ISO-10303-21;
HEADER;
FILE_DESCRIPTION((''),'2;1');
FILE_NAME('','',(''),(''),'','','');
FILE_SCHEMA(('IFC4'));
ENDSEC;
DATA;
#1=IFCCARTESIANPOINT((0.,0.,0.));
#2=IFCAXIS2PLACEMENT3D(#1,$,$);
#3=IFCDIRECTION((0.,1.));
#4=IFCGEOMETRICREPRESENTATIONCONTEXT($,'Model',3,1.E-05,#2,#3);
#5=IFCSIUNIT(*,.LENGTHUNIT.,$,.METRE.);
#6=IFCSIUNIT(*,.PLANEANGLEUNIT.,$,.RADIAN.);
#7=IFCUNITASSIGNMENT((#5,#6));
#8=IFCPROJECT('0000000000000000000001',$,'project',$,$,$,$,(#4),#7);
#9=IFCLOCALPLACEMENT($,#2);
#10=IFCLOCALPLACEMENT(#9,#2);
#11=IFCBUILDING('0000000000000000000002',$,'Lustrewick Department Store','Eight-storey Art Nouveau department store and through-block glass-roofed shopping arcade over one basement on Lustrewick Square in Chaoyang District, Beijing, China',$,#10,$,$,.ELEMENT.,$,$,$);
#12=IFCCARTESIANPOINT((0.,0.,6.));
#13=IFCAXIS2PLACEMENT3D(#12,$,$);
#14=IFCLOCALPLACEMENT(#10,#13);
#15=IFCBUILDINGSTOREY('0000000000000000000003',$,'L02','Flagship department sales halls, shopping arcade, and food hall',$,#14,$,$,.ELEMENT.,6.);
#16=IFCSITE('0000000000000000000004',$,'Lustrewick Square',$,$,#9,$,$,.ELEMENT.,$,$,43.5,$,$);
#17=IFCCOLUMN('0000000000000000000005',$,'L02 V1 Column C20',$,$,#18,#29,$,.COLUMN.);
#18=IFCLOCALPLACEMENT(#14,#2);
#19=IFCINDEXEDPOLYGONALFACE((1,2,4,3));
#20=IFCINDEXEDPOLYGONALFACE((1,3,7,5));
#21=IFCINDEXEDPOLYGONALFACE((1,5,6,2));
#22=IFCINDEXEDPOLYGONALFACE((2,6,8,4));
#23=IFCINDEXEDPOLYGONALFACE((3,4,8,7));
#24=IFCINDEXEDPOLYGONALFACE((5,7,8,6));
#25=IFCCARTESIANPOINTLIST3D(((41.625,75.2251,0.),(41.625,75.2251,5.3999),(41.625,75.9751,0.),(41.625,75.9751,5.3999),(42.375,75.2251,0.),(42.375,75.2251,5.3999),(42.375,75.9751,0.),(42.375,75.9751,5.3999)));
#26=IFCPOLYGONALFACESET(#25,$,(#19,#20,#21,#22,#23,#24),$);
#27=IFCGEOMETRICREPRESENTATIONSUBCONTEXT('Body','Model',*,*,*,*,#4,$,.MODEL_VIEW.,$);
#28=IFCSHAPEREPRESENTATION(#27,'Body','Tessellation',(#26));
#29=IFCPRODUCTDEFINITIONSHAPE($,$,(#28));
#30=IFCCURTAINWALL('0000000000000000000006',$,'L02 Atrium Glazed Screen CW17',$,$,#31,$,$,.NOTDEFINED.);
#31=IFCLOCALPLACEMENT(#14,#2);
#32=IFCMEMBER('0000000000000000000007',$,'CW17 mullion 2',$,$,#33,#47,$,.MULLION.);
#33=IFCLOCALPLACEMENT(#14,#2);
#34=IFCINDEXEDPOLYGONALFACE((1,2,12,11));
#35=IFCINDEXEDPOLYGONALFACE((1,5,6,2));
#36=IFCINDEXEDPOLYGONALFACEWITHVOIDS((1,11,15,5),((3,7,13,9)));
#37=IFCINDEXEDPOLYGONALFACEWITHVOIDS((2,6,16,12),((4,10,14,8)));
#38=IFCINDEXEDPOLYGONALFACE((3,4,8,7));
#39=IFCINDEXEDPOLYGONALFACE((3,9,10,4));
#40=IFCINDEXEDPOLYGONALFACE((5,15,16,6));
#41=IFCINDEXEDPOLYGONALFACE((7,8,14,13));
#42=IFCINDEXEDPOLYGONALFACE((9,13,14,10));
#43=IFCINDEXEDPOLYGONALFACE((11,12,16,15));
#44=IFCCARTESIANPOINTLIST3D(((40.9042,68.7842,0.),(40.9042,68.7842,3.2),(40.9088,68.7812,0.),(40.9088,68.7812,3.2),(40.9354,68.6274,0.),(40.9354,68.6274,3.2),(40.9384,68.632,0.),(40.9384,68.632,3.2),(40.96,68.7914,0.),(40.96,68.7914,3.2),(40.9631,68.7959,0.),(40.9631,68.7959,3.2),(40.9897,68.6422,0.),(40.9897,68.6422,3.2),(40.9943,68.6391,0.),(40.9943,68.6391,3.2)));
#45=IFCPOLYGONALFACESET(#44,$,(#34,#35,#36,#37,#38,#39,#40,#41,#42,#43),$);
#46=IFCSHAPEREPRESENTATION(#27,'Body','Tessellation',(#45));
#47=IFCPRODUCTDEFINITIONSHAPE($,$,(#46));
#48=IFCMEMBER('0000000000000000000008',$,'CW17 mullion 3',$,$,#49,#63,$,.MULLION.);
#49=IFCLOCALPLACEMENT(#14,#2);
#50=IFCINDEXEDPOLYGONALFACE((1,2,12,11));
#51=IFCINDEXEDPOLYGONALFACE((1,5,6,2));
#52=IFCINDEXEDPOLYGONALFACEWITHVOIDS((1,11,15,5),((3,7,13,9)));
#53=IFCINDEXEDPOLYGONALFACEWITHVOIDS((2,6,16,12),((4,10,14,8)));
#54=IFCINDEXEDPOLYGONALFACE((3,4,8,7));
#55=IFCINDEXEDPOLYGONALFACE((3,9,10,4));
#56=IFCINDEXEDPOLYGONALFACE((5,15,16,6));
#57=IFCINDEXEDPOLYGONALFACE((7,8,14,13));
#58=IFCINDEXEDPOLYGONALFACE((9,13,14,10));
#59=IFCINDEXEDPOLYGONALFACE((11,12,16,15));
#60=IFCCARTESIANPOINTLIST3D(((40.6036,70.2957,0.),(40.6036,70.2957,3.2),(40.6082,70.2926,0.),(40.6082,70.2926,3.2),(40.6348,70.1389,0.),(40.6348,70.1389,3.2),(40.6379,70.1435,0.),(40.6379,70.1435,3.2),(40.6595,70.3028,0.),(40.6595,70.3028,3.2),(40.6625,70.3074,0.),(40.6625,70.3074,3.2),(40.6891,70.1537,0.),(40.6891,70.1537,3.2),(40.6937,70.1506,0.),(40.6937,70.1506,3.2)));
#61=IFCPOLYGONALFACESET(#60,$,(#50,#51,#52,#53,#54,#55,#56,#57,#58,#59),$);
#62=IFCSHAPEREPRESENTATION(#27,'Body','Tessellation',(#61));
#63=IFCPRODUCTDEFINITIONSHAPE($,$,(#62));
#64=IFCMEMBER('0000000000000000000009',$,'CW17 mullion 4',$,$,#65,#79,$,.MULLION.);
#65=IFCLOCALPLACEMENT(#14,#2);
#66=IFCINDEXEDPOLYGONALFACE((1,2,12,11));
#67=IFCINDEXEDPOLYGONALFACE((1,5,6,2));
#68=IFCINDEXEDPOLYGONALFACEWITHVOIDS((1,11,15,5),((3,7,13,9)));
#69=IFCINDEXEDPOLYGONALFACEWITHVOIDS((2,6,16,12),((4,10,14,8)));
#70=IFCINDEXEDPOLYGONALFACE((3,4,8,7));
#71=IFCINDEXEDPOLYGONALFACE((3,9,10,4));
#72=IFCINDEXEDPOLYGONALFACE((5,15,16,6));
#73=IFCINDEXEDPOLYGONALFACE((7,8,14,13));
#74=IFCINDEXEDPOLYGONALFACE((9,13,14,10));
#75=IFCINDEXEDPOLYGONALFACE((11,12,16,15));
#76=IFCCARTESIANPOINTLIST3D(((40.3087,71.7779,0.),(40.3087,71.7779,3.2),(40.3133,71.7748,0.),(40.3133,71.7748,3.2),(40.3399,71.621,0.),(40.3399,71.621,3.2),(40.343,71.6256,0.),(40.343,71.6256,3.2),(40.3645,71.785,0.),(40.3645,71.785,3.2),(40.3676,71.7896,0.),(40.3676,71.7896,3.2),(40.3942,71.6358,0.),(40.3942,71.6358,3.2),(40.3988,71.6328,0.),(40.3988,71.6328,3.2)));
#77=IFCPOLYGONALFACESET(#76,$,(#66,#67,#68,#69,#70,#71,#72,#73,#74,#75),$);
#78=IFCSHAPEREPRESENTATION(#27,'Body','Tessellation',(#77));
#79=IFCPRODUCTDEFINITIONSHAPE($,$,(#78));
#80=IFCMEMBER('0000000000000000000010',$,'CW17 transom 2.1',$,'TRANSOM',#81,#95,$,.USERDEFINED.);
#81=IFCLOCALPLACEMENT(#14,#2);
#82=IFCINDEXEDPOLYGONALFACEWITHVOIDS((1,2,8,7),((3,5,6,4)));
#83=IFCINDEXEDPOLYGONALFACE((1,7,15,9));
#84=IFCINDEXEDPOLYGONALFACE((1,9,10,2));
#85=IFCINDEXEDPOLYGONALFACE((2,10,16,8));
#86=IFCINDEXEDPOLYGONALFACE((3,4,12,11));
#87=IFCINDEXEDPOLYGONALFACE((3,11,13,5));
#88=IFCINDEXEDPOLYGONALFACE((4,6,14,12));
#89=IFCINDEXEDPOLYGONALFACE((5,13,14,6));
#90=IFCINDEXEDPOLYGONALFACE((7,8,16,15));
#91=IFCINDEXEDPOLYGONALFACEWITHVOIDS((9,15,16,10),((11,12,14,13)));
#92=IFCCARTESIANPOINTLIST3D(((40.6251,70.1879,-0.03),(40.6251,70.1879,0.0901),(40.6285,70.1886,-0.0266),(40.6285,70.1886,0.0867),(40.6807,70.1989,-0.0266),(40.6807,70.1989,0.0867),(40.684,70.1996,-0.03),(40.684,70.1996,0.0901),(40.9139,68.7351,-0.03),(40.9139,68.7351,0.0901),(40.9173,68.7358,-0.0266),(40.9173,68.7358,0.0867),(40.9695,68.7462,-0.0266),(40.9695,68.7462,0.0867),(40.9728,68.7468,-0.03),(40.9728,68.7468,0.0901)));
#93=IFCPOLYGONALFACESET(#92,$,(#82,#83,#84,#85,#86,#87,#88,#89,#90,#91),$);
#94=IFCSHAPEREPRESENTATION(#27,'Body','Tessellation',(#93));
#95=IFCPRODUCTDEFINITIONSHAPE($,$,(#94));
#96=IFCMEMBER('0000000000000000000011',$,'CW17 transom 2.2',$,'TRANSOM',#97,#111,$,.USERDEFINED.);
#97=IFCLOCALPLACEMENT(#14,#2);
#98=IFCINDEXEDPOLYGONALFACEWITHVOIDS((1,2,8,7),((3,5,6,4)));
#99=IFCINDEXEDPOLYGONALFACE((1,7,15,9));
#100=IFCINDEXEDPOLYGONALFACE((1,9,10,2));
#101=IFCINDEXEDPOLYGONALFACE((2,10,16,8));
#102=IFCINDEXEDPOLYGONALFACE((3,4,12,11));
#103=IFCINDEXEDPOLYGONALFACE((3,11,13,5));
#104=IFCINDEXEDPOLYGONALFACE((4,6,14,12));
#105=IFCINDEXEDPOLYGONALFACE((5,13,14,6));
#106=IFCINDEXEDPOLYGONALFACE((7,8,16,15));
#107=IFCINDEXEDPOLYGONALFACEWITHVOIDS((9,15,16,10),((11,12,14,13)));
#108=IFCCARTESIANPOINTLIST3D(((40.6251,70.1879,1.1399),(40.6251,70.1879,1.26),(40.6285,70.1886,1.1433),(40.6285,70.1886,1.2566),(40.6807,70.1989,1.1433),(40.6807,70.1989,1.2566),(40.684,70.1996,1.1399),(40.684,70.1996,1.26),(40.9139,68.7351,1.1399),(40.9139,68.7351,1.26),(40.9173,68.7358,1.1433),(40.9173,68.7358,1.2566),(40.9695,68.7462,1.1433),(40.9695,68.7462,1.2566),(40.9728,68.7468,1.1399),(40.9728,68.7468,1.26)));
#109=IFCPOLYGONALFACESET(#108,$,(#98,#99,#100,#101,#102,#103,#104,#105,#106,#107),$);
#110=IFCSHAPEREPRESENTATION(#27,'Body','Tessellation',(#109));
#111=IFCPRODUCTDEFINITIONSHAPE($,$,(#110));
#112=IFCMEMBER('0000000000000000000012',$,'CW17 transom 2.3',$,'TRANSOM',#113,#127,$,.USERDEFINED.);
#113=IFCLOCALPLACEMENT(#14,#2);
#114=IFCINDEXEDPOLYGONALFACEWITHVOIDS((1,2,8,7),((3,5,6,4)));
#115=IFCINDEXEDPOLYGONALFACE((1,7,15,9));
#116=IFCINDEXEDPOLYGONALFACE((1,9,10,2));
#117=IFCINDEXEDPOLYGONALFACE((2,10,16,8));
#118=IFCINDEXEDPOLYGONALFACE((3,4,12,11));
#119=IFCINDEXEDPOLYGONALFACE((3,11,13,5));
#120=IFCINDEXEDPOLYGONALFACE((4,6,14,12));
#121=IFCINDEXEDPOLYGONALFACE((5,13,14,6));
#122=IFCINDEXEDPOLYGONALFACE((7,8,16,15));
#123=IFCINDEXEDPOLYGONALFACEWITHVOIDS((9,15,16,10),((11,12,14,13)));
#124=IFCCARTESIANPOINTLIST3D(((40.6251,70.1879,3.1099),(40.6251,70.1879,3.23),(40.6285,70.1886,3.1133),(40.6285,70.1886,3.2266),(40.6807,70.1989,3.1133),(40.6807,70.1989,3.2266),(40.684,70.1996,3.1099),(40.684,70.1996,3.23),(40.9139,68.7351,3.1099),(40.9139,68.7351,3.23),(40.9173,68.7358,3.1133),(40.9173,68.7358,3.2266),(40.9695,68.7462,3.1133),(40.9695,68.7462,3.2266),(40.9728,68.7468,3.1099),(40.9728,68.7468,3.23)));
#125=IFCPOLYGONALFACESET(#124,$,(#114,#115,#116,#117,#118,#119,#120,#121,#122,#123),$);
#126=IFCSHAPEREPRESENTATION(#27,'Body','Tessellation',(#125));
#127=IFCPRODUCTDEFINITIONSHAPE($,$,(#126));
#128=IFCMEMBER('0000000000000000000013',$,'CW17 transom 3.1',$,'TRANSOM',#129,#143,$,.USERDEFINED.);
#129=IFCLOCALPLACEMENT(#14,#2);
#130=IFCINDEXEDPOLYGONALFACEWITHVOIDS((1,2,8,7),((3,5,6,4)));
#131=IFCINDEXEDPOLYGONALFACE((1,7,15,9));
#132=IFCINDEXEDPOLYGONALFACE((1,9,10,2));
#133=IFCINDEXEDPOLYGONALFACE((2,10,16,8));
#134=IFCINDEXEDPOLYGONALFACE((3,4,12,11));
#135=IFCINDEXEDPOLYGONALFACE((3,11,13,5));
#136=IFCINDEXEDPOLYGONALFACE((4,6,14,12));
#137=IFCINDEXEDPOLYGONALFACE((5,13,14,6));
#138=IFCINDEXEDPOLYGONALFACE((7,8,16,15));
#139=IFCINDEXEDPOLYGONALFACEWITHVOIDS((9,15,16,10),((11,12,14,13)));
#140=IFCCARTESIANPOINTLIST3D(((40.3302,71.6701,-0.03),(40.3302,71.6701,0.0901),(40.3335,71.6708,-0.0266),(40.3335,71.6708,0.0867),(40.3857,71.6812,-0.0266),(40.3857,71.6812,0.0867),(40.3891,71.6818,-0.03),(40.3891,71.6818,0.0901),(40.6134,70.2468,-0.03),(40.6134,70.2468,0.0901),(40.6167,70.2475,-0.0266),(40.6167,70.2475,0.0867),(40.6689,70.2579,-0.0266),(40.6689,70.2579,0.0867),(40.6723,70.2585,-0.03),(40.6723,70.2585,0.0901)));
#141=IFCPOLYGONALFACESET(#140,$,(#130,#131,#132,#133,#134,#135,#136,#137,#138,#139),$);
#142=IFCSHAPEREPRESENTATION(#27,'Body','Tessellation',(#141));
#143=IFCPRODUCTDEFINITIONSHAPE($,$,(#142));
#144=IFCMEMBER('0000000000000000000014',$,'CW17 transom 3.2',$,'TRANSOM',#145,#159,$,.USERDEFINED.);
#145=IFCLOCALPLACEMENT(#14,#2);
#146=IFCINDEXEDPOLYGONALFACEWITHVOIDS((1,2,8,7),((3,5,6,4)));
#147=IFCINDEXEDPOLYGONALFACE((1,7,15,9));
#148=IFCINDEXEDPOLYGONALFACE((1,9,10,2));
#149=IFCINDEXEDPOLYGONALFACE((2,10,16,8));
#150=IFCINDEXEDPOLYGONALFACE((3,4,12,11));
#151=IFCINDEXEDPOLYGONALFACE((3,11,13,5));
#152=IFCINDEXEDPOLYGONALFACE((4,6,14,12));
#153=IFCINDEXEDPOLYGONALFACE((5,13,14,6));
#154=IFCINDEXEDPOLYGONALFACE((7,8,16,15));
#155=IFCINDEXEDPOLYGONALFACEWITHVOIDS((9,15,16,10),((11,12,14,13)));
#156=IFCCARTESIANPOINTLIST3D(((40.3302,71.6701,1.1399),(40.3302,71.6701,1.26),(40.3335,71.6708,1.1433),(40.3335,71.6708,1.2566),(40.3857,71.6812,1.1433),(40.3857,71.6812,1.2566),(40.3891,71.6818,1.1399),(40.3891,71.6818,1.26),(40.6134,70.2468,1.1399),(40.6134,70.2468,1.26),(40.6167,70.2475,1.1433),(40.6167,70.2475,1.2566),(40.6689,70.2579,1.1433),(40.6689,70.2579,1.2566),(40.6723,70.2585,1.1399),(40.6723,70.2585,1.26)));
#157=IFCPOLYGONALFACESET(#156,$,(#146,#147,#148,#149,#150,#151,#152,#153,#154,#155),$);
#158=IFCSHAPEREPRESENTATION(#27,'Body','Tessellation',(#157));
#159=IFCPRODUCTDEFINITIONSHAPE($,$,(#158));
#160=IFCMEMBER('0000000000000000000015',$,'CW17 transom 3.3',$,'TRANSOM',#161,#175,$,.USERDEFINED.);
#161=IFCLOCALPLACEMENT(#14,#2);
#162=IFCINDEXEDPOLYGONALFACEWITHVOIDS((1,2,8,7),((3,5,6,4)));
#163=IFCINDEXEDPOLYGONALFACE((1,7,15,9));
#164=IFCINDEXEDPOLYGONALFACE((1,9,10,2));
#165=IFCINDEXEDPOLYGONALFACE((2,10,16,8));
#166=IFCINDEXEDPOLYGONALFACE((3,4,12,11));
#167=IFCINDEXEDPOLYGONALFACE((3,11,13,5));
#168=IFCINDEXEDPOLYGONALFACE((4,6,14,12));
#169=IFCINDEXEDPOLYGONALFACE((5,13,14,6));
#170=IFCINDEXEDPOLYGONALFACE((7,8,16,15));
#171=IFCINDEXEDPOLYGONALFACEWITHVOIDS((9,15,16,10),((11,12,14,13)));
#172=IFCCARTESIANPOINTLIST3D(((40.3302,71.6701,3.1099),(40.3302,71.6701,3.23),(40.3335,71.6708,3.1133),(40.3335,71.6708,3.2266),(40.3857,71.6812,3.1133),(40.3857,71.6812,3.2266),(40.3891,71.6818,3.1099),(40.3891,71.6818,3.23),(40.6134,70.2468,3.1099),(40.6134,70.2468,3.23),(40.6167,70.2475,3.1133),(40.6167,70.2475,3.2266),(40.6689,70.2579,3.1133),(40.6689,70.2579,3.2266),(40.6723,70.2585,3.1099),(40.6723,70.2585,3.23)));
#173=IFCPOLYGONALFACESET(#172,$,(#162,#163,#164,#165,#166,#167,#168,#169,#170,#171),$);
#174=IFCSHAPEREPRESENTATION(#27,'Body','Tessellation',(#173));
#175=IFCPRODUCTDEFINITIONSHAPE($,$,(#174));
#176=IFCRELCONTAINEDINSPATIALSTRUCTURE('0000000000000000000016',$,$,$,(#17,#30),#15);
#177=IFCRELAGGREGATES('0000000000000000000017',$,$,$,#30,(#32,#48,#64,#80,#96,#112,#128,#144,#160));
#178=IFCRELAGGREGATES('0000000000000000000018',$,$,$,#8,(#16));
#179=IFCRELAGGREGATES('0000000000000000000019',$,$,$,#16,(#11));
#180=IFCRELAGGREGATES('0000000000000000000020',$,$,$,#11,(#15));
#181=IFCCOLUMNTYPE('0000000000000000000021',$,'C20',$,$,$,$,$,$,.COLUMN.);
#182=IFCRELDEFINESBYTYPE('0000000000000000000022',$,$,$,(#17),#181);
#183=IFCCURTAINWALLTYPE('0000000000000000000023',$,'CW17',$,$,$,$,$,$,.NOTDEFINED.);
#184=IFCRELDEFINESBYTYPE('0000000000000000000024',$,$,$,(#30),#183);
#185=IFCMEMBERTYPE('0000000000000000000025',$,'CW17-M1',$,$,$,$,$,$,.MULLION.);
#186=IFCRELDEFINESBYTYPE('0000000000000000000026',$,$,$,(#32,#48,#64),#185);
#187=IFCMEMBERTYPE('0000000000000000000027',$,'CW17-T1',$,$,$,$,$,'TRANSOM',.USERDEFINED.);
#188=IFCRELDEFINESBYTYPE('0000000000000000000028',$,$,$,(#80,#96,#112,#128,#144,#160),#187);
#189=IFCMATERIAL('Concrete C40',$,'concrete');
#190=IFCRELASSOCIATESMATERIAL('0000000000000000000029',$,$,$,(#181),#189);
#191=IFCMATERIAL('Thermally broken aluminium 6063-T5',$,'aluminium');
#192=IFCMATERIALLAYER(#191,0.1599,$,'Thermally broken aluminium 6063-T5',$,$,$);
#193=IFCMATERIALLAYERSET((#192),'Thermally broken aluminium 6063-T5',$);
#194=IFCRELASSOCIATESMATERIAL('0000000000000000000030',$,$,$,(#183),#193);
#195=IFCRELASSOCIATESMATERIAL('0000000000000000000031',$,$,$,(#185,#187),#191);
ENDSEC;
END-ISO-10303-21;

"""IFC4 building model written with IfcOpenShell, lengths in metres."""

from ifc_helpers import new_model, si_unit, direction, frame, origin, origin_2d, place, context, subcontext, project, spatial, rectangle, hollow_rectangle, extrude, material, layer, layer_set, material_profile, profile_set, type_object, element, aggregate, save


model = new_model("IFC4")

# Units and contexts
model_context = context("Model", 3, precision=1e-05, world=origin(), true_north=direction((0.0, 1.0)))
body_context = subcontext(model_context, "Body", "Model", "MODEL_VIEW")
ifc_project = project(units=[si_unit("LENGTHUNIT", "METRE"), si_unit("PLANEANGLEUNIT", "RADIAN")], contexts=[model_context])

# Site, building, storey
site_placement = place(None, origin())
site = spatial("IfcSite", under=ifc_project, at=site_placement, Name="Lustrewick Square", CompositionType="ELEMENT", RefElevation=43.5)
building_placement = place(site_placement, origin())
building = spatial("IfcBuilding", under=site, at=building_placement, Name="Lustrewick Department Store", Description="Eight-storey Art Nouveau department store and through-block glass-roofed shopping arcade over one basement on Lustrewick Square in Chaoyang District, Beijing, China", CompositionType="ELEMENT")
storey_placement = place(building_placement, frame((0.0, 0.0, 6.0)))
storey = spatial("IfcBuildingStorey", under=building, at=storey_placement, Name="L02", Description="Flagship department sales halls, shopping arcade, and food hall", CompositionType="ELEMENT", Elevation=6.0)

# Column
ifc_material_1 = material(Name="Concrete C40", Category="concrete")
ifc_material_profile_1 = material_profile(ifc_material_1, rectangle(XDim=0.75, YDim=0.75, at=origin_2d()), Name="RC 750x750")
ifc_profile_set_1 = profile_set([ifc_material_profile_1], Name="Concrete C40")
column_type = type_object("IfcColumnType", Name="C20", PredefinedType="COLUMN", material=ifc_profile_set_1)
column_placement = place(storey_placement, frame((42.0, 75.6001, 0.0), z_axis=(0.0, 0.0, 1.0), x_axis=(1.0, 0.0, 0.0)))
element("IfcColumn", 1, at=column_placement, inside=storey, type_object=column_type, Name="L02 V1 Column C20", PredefinedType="COLUMN", context=body_context, shape_type="SweptSolid", body=[
    extrude(rectangle(XDim=0.75, YDim=0.75, at=origin_2d()), origin(), (0.0, 0.0, 1.0), 5.3999),
])

# Curtain wall, members
ifc_material_2 = material(Name="Thermally broken aluminium 6063-T5", Category="aluminium")
ifc_layer_1 = layer(ifc_material_2, 0.1599, Name="Thermally broken aluminium 6063-T5")
ifc_layer_set_1 = layer_set([ifc_layer_1], Name="Thermally broken aluminium 6063-T5")
curtain_wall_type_1 = type_object("IfcCurtainWallType", Name="CW17", PredefinedType="NOTDEFINED", material=ifc_layer_set_1)
curtain_wall_1_placement = place(storey_placement, origin())
curtain_wall_1 = element("IfcCurtainWall", 2, at=curtain_wall_1_placement, inside=storey, type_object=curtain_wall_type_1, Name="L02 Atrium Glazed Screen CW17", PredefinedType="NOTDEFINED")
ifc_material_profile_2 = material_profile(ifc_material_2, hollow_rectangle(XDim=0.0601, YDim=0.1599, WallThickness=0.0039, at=origin_2d()), Name="ALU-M 60x160x4")
ifc_profile_set_2 = profile_set([ifc_material_profile_2], Name="Thermally broken aluminium 6063-T5")
member_type_1 = type_object("IfcMemberType", Name="CW17-M1", PredefinedType="MULLION", material=ifc_profile_set_2)
member_1_placement = place(storey_placement, frame((40.9492, 68.7117, 0.0), z_axis=(0.0, 0.0, 1.0), x_axis=(-0.980786, -0.195085, 0.0)))
member_1 = element("IfcMember", 3, at=member_1_placement, type_object=member_type_1, Name="CW17 mullion 2", PredefinedType="MULLION", context=body_context, shape_type="SweptSolid", body=[
    extrude(hollow_rectangle(XDim=0.0601, YDim=0.1599, WallThickness=0.0039, at=origin_2d()), origin(), (0.0, 0.0, 1.0), 3.2),
])
member_2_placement = place(storey_placement, frame((40.6487, 70.2231, 0.0), z_axis=(0.0, 0.0, 1.0), x_axis=(-0.980786, -0.195085, 0.0)))
member_2 = element("IfcMember", 4, at=member_2_placement, type_object=member_type_1, Name="CW17 mullion 3", PredefinedType="MULLION", context=body_context, shape_type="SweptSolid", body=[
    extrude(hollow_rectangle(XDim=0.0601, YDim=0.1599, WallThickness=0.0039, at=origin_2d()), origin(), (0.0, 0.0, 1.0), 3.2),
])
member_3_placement = place(storey_placement, frame((40.3538, 71.7053, 0.0), z_axis=(0.0, 0.0, 1.0), x_axis=(-0.980786, -0.195085, 0.0)))
member_3 = element("IfcMember", 5, at=member_3_placement, type_object=member_type_1, Name="CW17 mullion 4", PredefinedType="MULLION", context=body_context, shape_type="SweptSolid", body=[
    extrude(hollow_rectangle(XDim=0.0601, YDim=0.1599, WallThickness=0.0039, at=origin_2d()), origin(), (0.0, 0.0, 1.0), 3.2),
])
ifc_material_profile_3 = material_profile(ifc_material_2, hollow_rectangle(XDim=0.0601, YDim=0.1201, WallThickness=0.0034, at=origin_2d()), Name="ALU-T 60x120x3.5")
ifc_profile_set_3 = profile_set([ifc_material_profile_3], Name="Thermally broken aluminium 6063-T5")
member_type_2 = type_object("IfcMemberType", Name="CW17-T1", ElementType="TRANSOM", PredefinedType="USERDEFINED", material=ifc_profile_set_3)
member_4_placement = place(storey_placement, frame((40.9434, 68.741, 0.03), z_axis=(-0.194975, 0.980808, 0.0), x_axis=(-0.980808, -0.194975, 0.0)))
member_4 = element("IfcMember", 6, at=member_4_placement, type_object=member_type_2, Name="CW17 transom 2.1", ObjectType="TRANSOM", PredefinedType="USERDEFINED", context=body_context, shape_type="SweptSolid", body=[
    extrude(hollow_rectangle(XDim=0.0601, YDim=0.1201, WallThickness=0.0034, at=origin_2d()), origin(), (0.0, 0.0, 1.0), 1.4812),
])
member_5_placement = place(storey_placement, frame((40.9434, 68.741, 1.2), z_axis=(-0.194975, 0.980808, 0.0), x_axis=(-0.980808, -0.194975, 0.0)))
member_5 = element("IfcMember", 7, at=member_5_placement, type_object=member_type_2, Name="CW17 transom 2.2", ObjectType="TRANSOM", PredefinedType="USERDEFINED", context=body_context, shape_type="SweptSolid", body=[
    extrude(hollow_rectangle(XDim=0.0601, YDim=0.1201, WallThickness=0.0034, at=origin_2d()), origin(), (0.0, 0.0, 1.0), 1.4812),
])
member_6_placement = place(storey_placement, frame((40.9434, 68.741, 3.1699), z_axis=(-0.194975, 0.980808, 0.0), x_axis=(-0.980808, -0.194975, 0.0)))
member_6 = element("IfcMember", 8, at=member_6_placement, type_object=member_type_2, Name="CW17 transom 2.3", ObjectType="TRANSOM", PredefinedType="USERDEFINED", context=body_context, shape_type="SweptSolid", body=[
    extrude(hollow_rectangle(XDim=0.0601, YDim=0.1201, WallThickness=0.0034, at=origin_2d()), origin(), (0.0, 0.0, 1.0), 1.4812),
])
member_7_placement = place(storey_placement, frame((40.6428, 70.2527, 0.03), z_axis=(-0.195145, 0.980774, 0.0), x_axis=(-0.980774, -0.195145, 0.0)))
member_7 = element("IfcMember", 9, at=member_7_placement, type_object=member_type_2, Name="CW17 transom 3.1", ObjectType="TRANSOM", PredefinedType="USERDEFINED", context=body_context, shape_type="SweptSolid", body=[
    extrude(hollow_rectangle(XDim=0.0601, YDim=0.1201, WallThickness=0.0034, at=origin_2d()), origin(), (0.0, 0.0, 1.0), 1.4512),
])
member_8_placement = place(storey_placement, frame((40.6428, 70.2527, 1.2), z_axis=(-0.195145, 0.980774, 0.0), x_axis=(-0.980774, -0.195145, 0.0)))
member_8 = element("IfcMember", 10, at=member_8_placement, type_object=member_type_2, Name="CW17 transom 3.2", ObjectType="TRANSOM", PredefinedType="USERDEFINED", context=body_context, shape_type="SweptSolid", body=[
    extrude(hollow_rectangle(XDim=0.0601, YDim=0.1201, WallThickness=0.0034, at=origin_2d()), origin(), (0.0, 0.0, 1.0), 1.4512),
])
member_9_placement = place(storey_placement, frame((40.6428, 70.2527, 3.1699), z_axis=(-0.195145, 0.980774, 0.0), x_axis=(-0.980774, -0.195145, 0.0)))
member_9 = element("IfcMember", 11, at=member_9_placement, type_object=member_type_2, Name="CW17 transom 3.3", ObjectType="TRANSOM", PredefinedType="USERDEFINED", context=body_context, shape_type="SweptSolid", body=[
    extrude(hollow_rectangle(XDim=0.0601, YDim=0.1201, WallThickness=0.0034, at=origin_2d()), origin(), (0.0, 0.0, 1.0), 1.4512),
])

aggregate(curtain_wall_1, [member_1, member_2, member_3, member_4, member_5, member_6, member_7, member_8, member_9])

save(model, "model.ifc")
